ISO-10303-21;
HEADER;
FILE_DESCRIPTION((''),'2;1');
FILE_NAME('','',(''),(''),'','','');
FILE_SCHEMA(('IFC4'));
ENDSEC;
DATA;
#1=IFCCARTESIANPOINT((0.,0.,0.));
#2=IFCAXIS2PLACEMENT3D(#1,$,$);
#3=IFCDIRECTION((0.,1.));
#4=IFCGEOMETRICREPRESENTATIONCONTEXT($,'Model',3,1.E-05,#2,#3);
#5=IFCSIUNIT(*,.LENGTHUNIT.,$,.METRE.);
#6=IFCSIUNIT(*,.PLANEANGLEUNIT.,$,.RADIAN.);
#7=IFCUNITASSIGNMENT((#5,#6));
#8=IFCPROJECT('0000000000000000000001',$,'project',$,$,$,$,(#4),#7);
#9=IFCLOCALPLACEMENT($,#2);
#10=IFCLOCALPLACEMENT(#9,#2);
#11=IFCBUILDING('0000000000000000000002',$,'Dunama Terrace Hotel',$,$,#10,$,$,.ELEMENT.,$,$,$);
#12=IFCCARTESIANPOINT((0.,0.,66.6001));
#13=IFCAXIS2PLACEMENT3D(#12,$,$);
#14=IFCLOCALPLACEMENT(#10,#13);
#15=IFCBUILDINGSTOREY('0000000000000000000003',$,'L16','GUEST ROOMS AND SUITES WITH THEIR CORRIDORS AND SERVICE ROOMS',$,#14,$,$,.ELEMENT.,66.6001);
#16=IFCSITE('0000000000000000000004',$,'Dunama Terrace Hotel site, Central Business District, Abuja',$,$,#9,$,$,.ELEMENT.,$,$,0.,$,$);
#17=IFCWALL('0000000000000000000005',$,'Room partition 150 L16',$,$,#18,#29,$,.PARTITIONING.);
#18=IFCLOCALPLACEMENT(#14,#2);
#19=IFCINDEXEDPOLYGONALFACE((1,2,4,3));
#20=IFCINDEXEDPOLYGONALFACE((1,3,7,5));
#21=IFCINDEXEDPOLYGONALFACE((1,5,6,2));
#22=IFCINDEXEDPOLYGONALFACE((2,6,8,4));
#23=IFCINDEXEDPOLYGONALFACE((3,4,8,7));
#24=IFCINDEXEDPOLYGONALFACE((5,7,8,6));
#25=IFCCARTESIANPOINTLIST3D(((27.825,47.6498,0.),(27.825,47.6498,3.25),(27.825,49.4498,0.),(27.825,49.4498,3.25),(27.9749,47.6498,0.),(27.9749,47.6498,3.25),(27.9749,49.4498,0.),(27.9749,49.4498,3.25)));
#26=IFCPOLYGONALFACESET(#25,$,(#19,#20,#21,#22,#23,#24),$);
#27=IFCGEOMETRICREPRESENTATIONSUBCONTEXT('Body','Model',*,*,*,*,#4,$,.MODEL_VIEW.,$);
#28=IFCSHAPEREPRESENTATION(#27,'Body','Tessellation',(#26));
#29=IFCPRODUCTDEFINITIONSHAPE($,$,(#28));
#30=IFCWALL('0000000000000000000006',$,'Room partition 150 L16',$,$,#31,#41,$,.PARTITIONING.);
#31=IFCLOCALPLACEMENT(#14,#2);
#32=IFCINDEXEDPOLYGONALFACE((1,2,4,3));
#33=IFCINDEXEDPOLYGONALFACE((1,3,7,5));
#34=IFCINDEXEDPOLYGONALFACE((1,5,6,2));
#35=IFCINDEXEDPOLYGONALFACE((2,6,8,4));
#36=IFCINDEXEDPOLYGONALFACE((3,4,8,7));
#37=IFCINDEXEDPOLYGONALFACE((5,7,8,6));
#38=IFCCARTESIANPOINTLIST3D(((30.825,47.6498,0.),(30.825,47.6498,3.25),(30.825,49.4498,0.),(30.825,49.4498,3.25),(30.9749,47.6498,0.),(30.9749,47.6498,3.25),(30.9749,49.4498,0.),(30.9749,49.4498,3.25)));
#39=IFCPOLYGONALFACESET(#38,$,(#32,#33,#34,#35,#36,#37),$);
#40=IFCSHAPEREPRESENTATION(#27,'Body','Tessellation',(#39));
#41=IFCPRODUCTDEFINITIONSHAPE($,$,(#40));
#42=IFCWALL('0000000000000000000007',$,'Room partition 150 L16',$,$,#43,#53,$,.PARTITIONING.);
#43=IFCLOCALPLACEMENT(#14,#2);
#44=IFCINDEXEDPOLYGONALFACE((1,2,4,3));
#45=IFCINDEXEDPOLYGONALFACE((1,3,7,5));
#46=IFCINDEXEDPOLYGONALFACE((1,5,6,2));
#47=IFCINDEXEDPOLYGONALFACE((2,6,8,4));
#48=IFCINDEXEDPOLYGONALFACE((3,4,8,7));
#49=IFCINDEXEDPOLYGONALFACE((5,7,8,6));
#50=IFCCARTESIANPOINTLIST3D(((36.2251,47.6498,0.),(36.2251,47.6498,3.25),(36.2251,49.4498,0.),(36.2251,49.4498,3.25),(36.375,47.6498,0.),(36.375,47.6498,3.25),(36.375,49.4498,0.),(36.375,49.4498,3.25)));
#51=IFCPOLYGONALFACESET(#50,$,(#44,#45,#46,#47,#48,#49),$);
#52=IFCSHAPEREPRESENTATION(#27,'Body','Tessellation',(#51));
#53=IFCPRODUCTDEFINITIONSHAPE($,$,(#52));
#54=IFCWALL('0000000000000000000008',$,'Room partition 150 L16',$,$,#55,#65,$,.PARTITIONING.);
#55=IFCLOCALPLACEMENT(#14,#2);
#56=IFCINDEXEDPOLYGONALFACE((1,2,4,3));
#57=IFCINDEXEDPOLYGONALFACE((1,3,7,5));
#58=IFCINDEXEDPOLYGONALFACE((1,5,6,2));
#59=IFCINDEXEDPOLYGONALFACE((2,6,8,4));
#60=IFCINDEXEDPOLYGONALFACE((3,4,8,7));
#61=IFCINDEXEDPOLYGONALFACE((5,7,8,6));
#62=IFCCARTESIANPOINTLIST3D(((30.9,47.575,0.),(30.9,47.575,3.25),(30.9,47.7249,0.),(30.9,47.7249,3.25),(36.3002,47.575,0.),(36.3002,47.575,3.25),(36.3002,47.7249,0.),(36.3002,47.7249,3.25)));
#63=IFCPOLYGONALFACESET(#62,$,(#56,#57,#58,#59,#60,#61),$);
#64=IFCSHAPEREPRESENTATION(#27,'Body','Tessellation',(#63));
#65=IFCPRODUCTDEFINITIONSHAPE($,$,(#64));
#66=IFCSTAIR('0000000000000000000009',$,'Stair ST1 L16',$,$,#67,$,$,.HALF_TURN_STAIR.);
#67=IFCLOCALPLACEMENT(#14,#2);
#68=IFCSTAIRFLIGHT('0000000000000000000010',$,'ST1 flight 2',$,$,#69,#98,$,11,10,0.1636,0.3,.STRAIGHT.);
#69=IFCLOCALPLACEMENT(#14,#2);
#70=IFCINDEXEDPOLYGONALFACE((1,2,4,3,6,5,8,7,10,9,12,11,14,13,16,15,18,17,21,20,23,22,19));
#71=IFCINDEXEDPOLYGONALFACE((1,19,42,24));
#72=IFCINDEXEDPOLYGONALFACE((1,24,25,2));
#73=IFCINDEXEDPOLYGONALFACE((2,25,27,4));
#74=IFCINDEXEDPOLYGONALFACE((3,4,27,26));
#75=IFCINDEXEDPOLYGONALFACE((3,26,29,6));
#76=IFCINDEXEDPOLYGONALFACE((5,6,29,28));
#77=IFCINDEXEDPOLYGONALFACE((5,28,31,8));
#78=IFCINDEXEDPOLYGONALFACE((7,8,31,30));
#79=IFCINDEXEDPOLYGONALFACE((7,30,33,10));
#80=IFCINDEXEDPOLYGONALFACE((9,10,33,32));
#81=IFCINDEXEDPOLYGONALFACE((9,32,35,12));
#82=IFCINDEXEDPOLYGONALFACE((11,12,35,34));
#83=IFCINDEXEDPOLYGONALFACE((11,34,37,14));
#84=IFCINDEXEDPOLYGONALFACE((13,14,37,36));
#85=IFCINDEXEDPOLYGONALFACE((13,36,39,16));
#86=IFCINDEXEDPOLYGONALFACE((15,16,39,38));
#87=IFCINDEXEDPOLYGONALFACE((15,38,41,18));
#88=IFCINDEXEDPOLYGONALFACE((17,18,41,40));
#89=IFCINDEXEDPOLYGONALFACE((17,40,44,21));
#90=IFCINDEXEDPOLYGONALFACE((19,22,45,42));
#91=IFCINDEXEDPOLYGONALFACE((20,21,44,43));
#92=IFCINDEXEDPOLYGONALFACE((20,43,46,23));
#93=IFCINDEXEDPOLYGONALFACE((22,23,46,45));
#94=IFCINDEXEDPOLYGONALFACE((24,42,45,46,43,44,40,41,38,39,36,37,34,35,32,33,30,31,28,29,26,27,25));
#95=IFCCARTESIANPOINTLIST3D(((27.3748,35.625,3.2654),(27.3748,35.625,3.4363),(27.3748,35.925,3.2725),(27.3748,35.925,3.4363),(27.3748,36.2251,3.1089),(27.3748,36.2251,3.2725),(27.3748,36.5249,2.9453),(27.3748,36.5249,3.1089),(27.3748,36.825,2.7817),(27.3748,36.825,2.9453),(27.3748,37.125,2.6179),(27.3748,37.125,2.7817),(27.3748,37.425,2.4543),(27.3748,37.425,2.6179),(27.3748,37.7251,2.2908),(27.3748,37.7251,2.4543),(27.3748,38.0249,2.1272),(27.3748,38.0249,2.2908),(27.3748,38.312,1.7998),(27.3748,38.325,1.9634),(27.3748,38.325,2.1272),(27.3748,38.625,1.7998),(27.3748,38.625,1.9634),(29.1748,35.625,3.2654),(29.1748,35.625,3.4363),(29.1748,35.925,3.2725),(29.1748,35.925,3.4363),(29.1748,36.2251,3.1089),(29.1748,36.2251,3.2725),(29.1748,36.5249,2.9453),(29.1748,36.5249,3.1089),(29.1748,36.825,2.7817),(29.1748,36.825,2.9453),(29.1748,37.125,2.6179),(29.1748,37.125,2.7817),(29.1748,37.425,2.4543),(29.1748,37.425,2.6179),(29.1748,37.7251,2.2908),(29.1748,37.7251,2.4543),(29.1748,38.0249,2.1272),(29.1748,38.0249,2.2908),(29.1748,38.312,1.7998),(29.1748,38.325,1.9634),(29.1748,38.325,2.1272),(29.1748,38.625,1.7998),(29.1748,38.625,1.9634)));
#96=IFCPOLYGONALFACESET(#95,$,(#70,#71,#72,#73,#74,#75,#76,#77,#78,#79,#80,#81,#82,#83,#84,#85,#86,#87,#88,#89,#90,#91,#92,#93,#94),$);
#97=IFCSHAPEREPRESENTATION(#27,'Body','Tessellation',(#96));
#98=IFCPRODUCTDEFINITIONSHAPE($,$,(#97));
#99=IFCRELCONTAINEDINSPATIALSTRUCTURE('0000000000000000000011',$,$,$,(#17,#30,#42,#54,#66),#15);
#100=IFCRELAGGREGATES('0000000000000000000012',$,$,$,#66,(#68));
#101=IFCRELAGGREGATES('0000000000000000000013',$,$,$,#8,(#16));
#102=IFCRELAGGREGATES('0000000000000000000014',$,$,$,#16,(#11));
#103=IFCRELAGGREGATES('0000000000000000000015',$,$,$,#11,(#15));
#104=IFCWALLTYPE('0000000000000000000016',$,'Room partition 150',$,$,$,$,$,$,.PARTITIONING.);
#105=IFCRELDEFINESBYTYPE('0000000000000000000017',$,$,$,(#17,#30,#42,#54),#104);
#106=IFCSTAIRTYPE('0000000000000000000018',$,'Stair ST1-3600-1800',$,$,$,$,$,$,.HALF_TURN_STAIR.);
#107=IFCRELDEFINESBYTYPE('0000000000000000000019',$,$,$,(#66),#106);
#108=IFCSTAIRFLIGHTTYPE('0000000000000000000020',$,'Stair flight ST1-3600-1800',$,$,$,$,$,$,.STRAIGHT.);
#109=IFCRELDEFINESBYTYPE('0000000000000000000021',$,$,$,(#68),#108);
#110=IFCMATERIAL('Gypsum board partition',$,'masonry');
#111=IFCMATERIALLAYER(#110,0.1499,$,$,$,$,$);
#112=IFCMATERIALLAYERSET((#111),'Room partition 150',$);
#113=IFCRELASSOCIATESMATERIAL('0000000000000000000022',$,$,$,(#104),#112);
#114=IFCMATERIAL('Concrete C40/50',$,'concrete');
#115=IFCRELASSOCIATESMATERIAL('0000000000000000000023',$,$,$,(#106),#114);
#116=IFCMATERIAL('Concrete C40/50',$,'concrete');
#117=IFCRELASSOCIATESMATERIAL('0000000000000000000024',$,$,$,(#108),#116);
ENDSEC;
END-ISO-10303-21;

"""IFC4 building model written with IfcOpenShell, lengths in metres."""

from ifc_helpers import new_model, si_unit, direction, frame, frame_2d, origin, place, context, subcontext, project, spatial, polyline, rectangle, outline, extrude, material, layer, layer_set, type_object, element, aggregate, save


model = new_model("IFC4")

# Units and contexts
model_context = context("Model", 3, precision=1e-05, world=origin(), true_north=direction((0.0, 1.0)))
body_context = subcontext(model_context, "Body", "Model", "MODEL_VIEW")
ifc_project = project(units=[si_unit("LENGTHUNIT", "METRE"), si_unit("PLANEANGLEUNIT", "RADIAN")], contexts=[model_context])

# Site, building, storey
site_placement = place(None, origin())
site = spatial("IfcSite", under=ifc_project, at=site_placement, Name="Dunama Terrace Hotel site, Central Business District, Abuja", CompositionType="ELEMENT", RefElevation=0.0)
building_placement = place(site_placement, origin())
building = spatial("IfcBuilding", under=site, at=building_placement, Name="Dunama Terrace Hotel", CompositionType="ELEMENT")
storey_placement = place(building_placement, frame((0.0, 0.0, 66.6001)))
storey = spatial("IfcBuildingStorey", under=building, at=storey_placement, Name="L16", Description="GUEST ROOMS AND SUITES WITH THEIR CORRIDORS AND SERVICE ROOMS", CompositionType="ELEMENT", Elevation=66.6001)

# Walls
ifc_material_1 = material(Name="Gypsum board partition", Category="masonry")
ifc_layer_1 = layer(ifc_material_1, 0.1499)
ifc_layer_set_1 = layer_set([ifc_layer_1], Name="Room partition 150")
wall_type_1 = type_object("IfcWallType", Name="Room partition 150", PredefinedType="PARTITIONING", material=ifc_layer_set_1)
for number, where, z_axis, x_axis, name in (
    (1, (27.8999, 47.6499, 0.0), (0.0, 0.0, 1.0), (0.0, 1.0, 0.0), "Room partition 150 L16"),
    (2, (30.8999, 47.6499, 0.0), (0.0, 0.0, 1.0), (0.0, 1.0, 0.0), "Room partition 150 L16"),
    (3, (36.3, 47.6499, 0.0), (0.0, 0.0, 1.0), (0.0, 1.0, 0.0), "Room partition 150 L16"),
):
    element("IfcWall", number, at=place(storey_placement, frame(where, z_axis=z_axis, x_axis=x_axis)), inside=storey, type_object=wall_type_1, Name=name, PredefinedType="PARTITIONING", context=body_context, shape_type="SweptSolid", body=[
        extrude(rectangle(XDim=1.8, YDim=0.1499, at=frame_2d((0.8999, 0.0))), origin(), (0.0, 0.0, 1.0), 3.25),
    ])
wall_1_placement = place(storey_placement, frame((30.8999, 47.6499, 0.0), z_axis=(0.0, 0.0, 1.0), x_axis=(1.0, 0.0, 0.0)))
element("IfcWall", 4, at=wall_1_placement, inside=storey, type_object=wall_type_1, Name="Room partition 150 L16", PredefinedType="PARTITIONING", context=body_context, shape_type="SweptSolid", body=[
    extrude(rectangle(XDim=5.4001, YDim=0.1499, at=frame_2d((2.7002, 0.0))), origin(), (0.0, 0.0, 1.0), 3.25),
])

# Stair, stair flight
ifc_material_2 = material(Name="Concrete C40/50", Category="concrete")
stair_type = type_object("IfcStairType", Name="Stair ST1-3600-1800", PredefinedType="HALF_TURN_STAIR", material=ifc_material_2)
stair_placement = place(storey_placement, origin())
stair = element("IfcStair", 5, at=stair_placement, inside=storey, type_object=stair_type, Name="Stair ST1 L16", PredefinedType="HALF_TURN_STAIR")
ifc_material_3 = material(Name="Concrete C40/50", Category="concrete")
stair_flight_type = type_object("IfcStairFlightType", Name="Stair flight ST1-3600-1800", PredefinedType="STRAIGHT", material=ifc_material_3)
stair_flight_placement = place(storey_placement, frame((28.2749, 38.625, 1.7998), z_axis=(0.0, 0.0, 1.0), x_axis=(0.0, -1.0, 0.0)))
stair_flight = element("IfcStairFlight", 6, at=stair_flight_placement, type_object=stair_flight_type, Name="ST1 flight 2", NumberOfRisers=11, NumberOfTreads=10, PredefinedType="STRAIGHT", RiserHeight=0.1636, TreadLength=0.3, context=body_context, shape_type="SweptSolid", body=[
    extrude(outline(polyline([(0.0, 0.0), (0.0, 0.1636), (0.3, 0.1636), (0.3, 0.3274), (0.6001, 0.3274), (0.6001, 0.491), (0.8999, 0.491), (0.8999, 0.6545), (1.2, 0.6545), (1.2, 0.8181), (1.5, 0.8181), (1.5, 0.9819), (1.8, 0.9819), (1.8, 1.1455), (2.1001, 1.1455), (2.1001, 1.3091), (2.3999, 1.3091), (2.3999, 1.4727), (2.7, 1.4727), (2.7, 1.6365), (3.0, 1.6365), (3.0, 1.8), (3.0, 1.4656), (0.313, 0.0), (0.0, 0.0)])), frame((0.0, 0.8999, 0.0), z_axis=(0.0, -1.0, 0.0), x_axis=(1.0, 0.0, 0.0)), (0.0, 0.0, 1.0), 1.8),
])
aggregate(stair, [stair_flight])

save(model, "model.ifc")
